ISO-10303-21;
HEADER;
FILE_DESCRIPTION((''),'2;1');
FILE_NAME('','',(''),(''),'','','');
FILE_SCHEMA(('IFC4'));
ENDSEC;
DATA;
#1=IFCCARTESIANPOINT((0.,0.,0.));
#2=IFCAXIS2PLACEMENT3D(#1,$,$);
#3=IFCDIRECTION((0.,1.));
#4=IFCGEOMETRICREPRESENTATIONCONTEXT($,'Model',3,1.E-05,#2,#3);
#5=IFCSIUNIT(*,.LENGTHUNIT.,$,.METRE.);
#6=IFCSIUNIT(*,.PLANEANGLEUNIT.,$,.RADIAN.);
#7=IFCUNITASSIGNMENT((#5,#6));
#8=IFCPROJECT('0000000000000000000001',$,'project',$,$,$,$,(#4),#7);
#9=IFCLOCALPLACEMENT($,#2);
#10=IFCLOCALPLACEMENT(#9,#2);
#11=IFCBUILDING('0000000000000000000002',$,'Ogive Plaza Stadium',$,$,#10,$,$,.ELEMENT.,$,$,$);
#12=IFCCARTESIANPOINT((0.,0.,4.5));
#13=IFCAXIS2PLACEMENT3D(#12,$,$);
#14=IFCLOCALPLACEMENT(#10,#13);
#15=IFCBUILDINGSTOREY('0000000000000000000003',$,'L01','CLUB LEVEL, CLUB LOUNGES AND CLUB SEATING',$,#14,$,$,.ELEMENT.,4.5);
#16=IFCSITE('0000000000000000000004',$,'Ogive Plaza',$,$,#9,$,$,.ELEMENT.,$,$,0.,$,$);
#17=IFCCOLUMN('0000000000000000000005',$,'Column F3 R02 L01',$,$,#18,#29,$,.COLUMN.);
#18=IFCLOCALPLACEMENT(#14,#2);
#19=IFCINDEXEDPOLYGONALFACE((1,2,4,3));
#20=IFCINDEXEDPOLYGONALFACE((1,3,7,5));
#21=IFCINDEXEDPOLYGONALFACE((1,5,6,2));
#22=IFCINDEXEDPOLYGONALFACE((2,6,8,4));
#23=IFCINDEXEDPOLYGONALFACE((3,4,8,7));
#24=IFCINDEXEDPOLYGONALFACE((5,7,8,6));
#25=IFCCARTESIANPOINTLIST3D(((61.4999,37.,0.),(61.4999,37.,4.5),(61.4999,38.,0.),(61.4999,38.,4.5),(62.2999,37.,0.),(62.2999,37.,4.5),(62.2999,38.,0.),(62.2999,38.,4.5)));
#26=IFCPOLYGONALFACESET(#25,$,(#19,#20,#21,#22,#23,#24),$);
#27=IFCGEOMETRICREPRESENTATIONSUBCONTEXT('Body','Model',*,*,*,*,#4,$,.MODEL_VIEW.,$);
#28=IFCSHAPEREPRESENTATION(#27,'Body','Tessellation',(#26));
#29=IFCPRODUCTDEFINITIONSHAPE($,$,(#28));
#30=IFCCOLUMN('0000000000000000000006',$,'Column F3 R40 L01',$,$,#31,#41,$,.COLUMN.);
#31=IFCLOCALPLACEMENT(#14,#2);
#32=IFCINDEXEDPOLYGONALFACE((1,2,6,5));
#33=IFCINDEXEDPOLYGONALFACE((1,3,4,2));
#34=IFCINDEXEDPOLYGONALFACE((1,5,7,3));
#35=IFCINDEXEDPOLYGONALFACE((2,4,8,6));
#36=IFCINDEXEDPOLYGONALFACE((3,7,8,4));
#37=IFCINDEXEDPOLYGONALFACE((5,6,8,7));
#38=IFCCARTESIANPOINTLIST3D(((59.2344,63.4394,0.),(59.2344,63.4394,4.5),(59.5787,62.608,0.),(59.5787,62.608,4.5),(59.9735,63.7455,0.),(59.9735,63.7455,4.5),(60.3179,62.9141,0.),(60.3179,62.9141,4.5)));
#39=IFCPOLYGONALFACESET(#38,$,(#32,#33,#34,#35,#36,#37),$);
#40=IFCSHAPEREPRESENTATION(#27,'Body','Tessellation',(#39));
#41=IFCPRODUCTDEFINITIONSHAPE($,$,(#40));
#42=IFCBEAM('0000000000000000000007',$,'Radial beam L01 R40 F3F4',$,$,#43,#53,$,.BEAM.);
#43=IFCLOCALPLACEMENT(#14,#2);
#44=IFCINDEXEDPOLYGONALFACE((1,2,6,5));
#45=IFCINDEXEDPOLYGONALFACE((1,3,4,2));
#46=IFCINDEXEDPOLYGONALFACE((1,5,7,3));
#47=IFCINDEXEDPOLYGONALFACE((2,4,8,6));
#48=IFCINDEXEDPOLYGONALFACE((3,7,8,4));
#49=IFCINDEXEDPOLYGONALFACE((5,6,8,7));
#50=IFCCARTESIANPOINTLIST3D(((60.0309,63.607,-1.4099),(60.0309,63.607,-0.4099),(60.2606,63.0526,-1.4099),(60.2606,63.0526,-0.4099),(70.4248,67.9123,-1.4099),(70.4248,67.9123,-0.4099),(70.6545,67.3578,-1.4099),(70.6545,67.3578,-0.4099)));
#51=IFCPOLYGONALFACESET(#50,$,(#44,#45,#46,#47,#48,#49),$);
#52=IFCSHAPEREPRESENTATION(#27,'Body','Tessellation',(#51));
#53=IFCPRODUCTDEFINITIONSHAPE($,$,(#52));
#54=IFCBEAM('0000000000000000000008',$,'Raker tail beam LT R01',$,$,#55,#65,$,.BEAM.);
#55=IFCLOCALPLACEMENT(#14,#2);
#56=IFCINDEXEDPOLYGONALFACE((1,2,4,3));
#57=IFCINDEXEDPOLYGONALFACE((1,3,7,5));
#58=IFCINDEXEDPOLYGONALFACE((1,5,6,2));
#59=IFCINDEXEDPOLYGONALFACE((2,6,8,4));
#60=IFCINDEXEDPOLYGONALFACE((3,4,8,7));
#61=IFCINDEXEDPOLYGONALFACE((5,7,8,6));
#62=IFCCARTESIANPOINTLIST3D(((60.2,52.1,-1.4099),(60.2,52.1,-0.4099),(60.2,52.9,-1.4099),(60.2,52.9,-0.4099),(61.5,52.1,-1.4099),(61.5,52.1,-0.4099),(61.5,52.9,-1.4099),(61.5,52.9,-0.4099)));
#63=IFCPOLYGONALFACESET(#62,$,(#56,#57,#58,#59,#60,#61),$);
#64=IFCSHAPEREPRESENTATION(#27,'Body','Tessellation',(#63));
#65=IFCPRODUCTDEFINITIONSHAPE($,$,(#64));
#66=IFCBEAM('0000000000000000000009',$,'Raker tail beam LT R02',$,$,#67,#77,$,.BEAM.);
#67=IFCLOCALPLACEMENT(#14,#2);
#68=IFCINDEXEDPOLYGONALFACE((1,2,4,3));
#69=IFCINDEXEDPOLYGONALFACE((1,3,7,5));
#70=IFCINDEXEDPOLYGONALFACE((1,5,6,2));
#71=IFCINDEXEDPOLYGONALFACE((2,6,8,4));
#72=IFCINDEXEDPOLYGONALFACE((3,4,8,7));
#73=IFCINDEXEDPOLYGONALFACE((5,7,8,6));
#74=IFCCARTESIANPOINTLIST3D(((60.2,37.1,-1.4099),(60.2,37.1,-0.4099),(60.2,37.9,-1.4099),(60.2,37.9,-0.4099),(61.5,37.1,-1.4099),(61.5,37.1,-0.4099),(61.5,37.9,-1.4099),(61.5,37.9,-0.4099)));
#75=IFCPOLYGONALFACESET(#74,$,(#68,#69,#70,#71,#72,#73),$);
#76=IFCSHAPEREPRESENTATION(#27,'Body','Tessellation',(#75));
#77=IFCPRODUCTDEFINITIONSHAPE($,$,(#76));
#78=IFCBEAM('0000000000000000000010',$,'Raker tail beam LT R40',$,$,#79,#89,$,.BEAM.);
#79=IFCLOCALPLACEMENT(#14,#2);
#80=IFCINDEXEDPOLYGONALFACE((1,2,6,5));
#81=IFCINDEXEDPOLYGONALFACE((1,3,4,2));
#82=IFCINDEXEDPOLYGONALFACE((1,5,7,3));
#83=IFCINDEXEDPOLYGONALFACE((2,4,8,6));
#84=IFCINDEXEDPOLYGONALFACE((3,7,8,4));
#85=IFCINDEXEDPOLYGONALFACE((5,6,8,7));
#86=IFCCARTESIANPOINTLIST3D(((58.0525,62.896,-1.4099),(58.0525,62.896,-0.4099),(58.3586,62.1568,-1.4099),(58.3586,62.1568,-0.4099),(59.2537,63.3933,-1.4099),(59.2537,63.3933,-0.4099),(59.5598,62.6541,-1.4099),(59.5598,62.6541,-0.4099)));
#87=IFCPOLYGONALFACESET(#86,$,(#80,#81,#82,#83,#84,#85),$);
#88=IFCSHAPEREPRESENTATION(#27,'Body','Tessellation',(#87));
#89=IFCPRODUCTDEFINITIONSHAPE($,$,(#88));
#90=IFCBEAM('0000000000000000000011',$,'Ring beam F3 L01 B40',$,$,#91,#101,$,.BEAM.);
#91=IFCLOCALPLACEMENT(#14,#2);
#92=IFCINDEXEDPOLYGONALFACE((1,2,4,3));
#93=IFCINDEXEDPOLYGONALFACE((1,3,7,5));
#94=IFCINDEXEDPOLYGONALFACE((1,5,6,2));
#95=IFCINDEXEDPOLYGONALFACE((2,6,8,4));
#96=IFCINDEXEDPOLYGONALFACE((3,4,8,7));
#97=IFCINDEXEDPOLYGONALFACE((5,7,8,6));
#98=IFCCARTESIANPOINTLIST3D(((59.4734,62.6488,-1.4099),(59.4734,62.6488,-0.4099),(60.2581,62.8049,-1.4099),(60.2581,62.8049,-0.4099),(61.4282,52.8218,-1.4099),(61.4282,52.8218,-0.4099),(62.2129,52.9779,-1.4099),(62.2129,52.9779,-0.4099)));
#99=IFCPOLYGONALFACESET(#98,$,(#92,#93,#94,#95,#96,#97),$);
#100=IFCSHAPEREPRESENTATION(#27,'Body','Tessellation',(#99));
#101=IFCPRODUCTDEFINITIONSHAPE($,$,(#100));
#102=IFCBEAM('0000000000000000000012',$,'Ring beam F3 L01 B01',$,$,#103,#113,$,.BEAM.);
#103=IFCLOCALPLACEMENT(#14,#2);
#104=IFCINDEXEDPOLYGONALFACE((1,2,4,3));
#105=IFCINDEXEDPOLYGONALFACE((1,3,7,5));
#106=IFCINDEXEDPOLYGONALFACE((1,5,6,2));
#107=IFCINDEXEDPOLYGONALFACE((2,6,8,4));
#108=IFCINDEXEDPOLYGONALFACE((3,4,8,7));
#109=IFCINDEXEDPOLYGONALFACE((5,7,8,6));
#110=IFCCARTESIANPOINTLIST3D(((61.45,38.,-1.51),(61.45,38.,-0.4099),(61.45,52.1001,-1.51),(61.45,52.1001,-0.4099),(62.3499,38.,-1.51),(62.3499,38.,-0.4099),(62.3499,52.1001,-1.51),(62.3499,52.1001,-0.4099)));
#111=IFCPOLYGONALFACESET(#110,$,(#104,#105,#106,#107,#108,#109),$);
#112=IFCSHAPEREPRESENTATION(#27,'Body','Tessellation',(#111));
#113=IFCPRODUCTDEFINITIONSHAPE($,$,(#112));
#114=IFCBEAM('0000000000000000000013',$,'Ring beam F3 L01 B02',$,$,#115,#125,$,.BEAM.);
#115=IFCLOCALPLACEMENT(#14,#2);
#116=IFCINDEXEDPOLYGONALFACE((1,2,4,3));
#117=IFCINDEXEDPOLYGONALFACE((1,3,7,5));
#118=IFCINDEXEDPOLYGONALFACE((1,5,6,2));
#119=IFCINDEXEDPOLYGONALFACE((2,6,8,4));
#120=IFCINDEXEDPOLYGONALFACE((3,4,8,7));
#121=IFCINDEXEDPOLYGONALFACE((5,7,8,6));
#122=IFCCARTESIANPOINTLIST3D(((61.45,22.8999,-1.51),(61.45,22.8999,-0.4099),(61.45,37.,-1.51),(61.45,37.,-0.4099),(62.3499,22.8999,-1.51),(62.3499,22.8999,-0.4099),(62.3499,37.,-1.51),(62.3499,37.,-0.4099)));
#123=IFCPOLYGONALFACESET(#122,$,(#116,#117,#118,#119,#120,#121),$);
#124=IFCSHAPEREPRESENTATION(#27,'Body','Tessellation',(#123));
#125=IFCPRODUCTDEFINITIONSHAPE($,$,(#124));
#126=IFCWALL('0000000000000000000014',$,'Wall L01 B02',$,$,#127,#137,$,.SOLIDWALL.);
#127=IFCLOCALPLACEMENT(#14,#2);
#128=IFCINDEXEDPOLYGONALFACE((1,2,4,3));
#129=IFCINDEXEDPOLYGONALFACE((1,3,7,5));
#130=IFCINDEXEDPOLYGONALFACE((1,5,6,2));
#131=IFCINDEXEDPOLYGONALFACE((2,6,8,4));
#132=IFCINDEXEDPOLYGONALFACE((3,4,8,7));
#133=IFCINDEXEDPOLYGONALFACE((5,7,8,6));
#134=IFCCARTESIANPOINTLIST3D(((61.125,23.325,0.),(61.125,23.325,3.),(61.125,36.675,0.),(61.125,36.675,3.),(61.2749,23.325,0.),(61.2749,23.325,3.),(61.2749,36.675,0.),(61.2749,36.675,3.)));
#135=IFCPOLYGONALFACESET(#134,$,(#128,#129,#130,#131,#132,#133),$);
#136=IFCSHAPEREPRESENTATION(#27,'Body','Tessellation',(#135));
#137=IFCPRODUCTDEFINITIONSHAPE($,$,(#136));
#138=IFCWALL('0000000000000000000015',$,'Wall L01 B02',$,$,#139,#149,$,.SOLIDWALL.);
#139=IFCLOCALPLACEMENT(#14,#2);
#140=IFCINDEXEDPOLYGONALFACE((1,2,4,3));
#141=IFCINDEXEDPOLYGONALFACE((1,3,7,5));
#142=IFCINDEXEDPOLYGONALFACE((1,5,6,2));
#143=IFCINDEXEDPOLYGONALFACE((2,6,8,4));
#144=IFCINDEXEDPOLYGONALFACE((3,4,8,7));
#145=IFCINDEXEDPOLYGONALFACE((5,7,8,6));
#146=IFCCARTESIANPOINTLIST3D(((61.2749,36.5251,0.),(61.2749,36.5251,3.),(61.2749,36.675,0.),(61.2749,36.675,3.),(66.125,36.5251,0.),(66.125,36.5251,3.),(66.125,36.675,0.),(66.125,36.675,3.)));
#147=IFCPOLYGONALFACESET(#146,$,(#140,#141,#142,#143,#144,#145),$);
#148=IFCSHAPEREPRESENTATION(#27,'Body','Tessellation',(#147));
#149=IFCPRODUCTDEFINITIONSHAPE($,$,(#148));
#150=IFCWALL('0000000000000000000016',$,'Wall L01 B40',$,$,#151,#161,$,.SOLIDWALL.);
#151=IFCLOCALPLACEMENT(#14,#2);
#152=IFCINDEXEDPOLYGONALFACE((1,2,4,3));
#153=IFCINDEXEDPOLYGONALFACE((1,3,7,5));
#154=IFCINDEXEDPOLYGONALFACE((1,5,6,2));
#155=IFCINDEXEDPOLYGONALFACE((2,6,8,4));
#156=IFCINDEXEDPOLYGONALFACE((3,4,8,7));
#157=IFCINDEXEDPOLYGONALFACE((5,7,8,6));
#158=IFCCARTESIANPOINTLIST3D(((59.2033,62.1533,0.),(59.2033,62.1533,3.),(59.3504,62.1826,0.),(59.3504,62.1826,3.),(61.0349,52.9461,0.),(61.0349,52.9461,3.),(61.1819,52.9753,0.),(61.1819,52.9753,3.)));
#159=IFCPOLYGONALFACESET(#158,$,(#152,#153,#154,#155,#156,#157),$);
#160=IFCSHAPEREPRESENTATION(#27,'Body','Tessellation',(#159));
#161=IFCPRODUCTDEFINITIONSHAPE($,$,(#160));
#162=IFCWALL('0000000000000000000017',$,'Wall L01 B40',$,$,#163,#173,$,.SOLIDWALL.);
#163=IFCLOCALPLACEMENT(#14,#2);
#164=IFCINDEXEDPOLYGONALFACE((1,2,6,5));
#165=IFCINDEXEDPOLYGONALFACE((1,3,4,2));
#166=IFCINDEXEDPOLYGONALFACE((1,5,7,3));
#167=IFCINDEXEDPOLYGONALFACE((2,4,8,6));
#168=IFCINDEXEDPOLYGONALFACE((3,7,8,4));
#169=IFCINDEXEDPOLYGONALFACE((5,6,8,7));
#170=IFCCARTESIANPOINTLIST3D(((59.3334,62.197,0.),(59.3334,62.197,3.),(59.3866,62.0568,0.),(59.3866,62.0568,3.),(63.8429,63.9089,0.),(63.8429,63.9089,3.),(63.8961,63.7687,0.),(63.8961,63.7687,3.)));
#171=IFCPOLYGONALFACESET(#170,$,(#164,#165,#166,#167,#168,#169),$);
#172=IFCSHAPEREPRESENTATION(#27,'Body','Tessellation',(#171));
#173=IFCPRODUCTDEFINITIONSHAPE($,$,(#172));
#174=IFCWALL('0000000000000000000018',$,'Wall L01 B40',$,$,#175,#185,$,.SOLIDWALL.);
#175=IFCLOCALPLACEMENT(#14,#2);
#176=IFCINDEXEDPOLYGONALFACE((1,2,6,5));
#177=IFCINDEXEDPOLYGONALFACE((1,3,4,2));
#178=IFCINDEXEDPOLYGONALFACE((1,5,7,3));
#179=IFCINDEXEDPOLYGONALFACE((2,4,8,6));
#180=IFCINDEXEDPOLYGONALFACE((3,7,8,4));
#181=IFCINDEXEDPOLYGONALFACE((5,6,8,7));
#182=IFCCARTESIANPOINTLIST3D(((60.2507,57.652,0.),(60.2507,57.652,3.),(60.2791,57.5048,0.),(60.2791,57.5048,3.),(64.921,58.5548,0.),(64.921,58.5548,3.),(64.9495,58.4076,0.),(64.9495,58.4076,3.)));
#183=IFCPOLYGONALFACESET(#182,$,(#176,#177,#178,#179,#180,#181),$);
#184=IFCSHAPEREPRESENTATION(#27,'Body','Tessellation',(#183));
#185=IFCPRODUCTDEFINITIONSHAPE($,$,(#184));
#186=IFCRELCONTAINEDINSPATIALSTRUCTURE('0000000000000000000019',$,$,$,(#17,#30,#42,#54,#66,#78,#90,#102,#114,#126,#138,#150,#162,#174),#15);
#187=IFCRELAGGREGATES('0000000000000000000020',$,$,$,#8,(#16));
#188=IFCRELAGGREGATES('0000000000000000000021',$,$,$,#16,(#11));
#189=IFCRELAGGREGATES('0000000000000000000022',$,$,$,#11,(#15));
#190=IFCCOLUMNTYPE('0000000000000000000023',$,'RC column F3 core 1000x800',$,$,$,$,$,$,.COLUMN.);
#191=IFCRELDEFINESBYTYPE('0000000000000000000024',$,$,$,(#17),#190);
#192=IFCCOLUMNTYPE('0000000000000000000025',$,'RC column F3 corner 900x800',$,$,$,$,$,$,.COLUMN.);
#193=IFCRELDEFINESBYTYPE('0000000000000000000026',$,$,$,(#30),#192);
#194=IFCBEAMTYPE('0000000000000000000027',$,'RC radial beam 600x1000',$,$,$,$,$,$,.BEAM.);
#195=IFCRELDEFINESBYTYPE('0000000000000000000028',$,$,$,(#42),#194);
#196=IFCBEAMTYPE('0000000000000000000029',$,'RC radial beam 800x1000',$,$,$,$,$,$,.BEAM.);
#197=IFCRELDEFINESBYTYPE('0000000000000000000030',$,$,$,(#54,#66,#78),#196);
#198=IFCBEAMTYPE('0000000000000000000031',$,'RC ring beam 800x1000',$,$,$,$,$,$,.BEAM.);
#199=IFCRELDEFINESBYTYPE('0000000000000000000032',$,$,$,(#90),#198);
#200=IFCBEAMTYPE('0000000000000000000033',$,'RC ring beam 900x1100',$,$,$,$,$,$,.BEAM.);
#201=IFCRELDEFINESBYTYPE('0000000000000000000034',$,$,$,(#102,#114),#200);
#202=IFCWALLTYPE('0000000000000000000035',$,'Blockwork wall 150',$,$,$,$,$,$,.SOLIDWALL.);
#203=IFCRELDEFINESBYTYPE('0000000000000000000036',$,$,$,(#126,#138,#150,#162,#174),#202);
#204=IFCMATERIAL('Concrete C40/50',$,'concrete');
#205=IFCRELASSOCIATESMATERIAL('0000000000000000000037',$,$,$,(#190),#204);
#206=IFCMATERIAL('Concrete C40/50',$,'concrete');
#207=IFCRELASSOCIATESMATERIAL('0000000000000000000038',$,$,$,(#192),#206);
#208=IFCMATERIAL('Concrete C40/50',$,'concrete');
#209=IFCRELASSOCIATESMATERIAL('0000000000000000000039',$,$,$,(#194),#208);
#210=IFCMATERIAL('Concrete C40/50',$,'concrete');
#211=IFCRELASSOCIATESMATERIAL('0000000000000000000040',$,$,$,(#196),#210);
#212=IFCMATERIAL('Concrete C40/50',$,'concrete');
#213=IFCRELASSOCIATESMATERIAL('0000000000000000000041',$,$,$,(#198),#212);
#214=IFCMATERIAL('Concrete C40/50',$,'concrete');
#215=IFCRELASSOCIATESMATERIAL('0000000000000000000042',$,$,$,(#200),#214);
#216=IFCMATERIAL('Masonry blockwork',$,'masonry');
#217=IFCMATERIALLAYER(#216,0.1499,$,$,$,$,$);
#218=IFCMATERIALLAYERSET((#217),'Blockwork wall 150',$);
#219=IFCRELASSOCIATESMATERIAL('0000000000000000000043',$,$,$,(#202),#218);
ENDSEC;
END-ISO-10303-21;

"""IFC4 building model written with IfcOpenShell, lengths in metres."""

from ifc_helpers import new_model, si_unit, direction, frame, frame_2d, origin, origin_2d, place, context, subcontext, project, spatial, rectangle, extrude, material, layer, layer_set, material_profile, profile_set, type_object, element, save


model = new_model("IFC4")

# Units and contexts
model_context = context("Model", 3, precision=1e-05, world=origin(), true_north=direction((0.0, 1.0)))
body_context = subcontext(model_context, "Body", "Model", "MODEL_VIEW")
ifc_project = project(units=[si_unit("LENGTHUNIT", "METRE"), si_unit("PLANEANGLEUNIT", "RADIAN")], contexts=[model_context])

# Site, building, storey
site_placement = place(None, origin())
site = spatial("IfcSite", under=ifc_project, at=site_placement, Name="Ogive Plaza", CompositionType="ELEMENT", RefElevation=0.0)
building_placement = place(site_placement, origin())
building = spatial("IfcBuilding", under=site, at=building_placement, Name="Ogive Plaza Stadium", CompositionType="ELEMENT")
storey_placement = place(building_placement, frame((0.0, 0.0, 4.5)))
storey = spatial("IfcBuildingStorey", under=building, at=storey_placement, Name="L01", Description="CLUB LEVEL, CLUB LOUNGES AND CLUB SEATING", CompositionType="ELEMENT", Elevation=4.5)

# Columns
ifc_material_1 = material(Name="Concrete C40/50", Category="concrete")
ifc_material_profile_1 = material_profile(ifc_material_1, rectangle(XDim=1.0, YDim=0.8, at=origin_2d()), Name="RC 1000x800")
ifc_profile_set_1 = profile_set([ifc_material_profile_1], Name="Concrete C40/50")
column_type_1 = type_object("IfcColumnType", Name="RC column F3 core 1000x800", PredefinedType="COLUMN", material=ifc_profile_set_1)
column_1_placement = place(storey_placement, frame((61.8999, 37.5, 0.0), z_axis=(0.0, 0.0, 1.0), x_axis=(0.0, 1.0, 0.0)))
element("IfcColumn", 1, at=column_1_placement, inside=storey, type_object=column_type_1, Name="Column F3 R02 L01", PredefinedType="COLUMN", context=body_context, shape_type="SweptSolid", body=[
    extrude(rectangle(XDim=1.0, YDim=0.8, at=origin_2d()), origin(), (0.0, 0.0, 1.0), 4.5),
])
ifc_material_2 = material(Name="Concrete C40/50", Category="concrete")
ifc_material_profile_2 = material_profile(ifc_material_2, rectangle(XDim=0.8999, YDim=0.8, at=origin_2d()), Name="RC 900x800")
ifc_profile_set_2 = profile_set([ifc_material_profile_2], Name="Concrete C40/50")
column_type_2 = type_object("IfcColumnType", Name="RC column F3 corner 900x800", PredefinedType="COLUMN", material=ifc_profile_set_2)
column_2_placement = place(storey_placement, frame((59.7761, 63.1768, 0.0), z_axis=(0.0, 0.0, 1.0), x_axis=(-0.382683, 0.92388, 0.0)))
element("IfcColumn", 2, at=column_2_placement, inside=storey, type_object=column_type_2, Name="Column F3 R40 L01", PredefinedType="COLUMN", context=body_context, shape_type="SweptSolid", body=[
    extrude(rectangle(XDim=0.8999, YDim=0.8, at=origin_2d()), origin(), (0.0, 0.0, 1.0), 4.5),
])

# Beams
ifc_material_3 = material(Name="Concrete C40/50", Category="concrete")
ifc_material_profile_3 = material_profile(ifc_material_3, rectangle(XDim=0.6001, YDim=1.0, at=origin_2d()), Name="RC 600x1000")
ifc_profile_set_3 = profile_set([ifc_material_profile_3], Name="Concrete C40/50")
beam_type_1 = type_object("IfcBeamType", Name="RC radial beam 600x1000", PredefinedType="BEAM", material=ifc_profile_set_3)
beam_1_placement = place(storey_placement, frame((60.1458, 63.3298, -0.9099), z_axis=(0.923882, 0.382678, 0.0), x_axis=(-0.382678, 0.923882, 0.0)))
element("IfcBeam", 3, at=beam_1_placement, inside=storey, type_object=beam_type_1, Name="Radial beam L01 R40 F3F4", PredefinedType="BEAM", context=body_context, shape_type="SweptSolid", body=[
    extrude(rectangle(XDim=0.6001, YDim=1.0, at=origin_2d()), origin(), (0.0, 0.0, 1.0), 11.2502),
])
ifc_material_4 = material(Name="Concrete C40/50", Category="concrete")
ifc_material_profile_4 = material_profile(ifc_material_4, rectangle(XDim=0.8, YDim=1.0, at=origin_2d()), Name="RC 800x1000")
ifc_profile_set_4 = profile_set([ifc_material_profile_4], Name="Concrete C40/50")
beam_type_2 = type_object("IfcBeamType", Name="RC radial beam 800x1000", PredefinedType="BEAM", material=ifc_profile_set_4)
for number, where, z_axis, x_axis, name in (
    (4, (60.2, 52.5, -0.9099), (1.0, 0.0, 0.0), (0.0, 1.0, 0.0), "Raker tail beam LT R01"),
    (5, (60.2, 37.5, -0.9099), (1.0, 0.0, 0.0), (0.0, 1.0, 0.0), "Raker tail beam LT R02"),
    (6, (58.2056, 62.5264, -0.9099), (0.923941, 0.382534, 0.0), (-0.382534, 0.923941, 0.0), "Raker tail beam LT R40"),
):
    element("IfcBeam", number, at=place(storey_placement, frame(where, z_axis=z_axis, x_axis=x_axis)), inside=storey, type_object=beam_type_2, Name=name, PredefinedType="BEAM", context=body_context, shape_type="SweptSolid", body=[
        extrude(rectangle(XDim=0.8, YDim=1.0, at=origin_2d()), origin(), (0.0, 0.0, 1.0), 1.3),
    ])
ifc_material_5 = material(Name="Concrete C40/50", Category="concrete")
ifc_material_profile_5 = material_profile(ifc_material_5, rectangle(XDim=0.8, YDim=1.0, at=origin_2d()), Name="RC 800x1000")
ifc_profile_set_5 = profile_set([ifc_material_profile_5], Name="Concrete C40/50")
beam_type_3 = type_object("IfcBeamType", Name="RC ring beam 800x1000", PredefinedType="BEAM", material=ifc_profile_set_5)
beam_2_placement = place(storey_placement, frame((59.8657, 62.7268, -0.9099), z_axis=(0.195104, -0.980783, 0.0), x_axis=(0.980783, 0.195104, 0.0)))
element("IfcBeam", 7, at=beam_2_placement, inside=storey, type_object=beam_type_3, Name="Ring beam F3 L01 B40", PredefinedType="BEAM", context=body_context, shape_type="SweptSolid", body=[
    extrude(rectangle(XDim=0.8, YDim=1.0, at=origin_2d()), origin(), (0.0, 0.0, 1.0), 10.0195),
])
ifc_material_6 = material(Name="Concrete C40/50", Category="concrete")
ifc_material_profile_6 = material_profile(ifc_material_6, rectangle(XDim=0.8999, YDim=1.1001, at=origin_2d()), Name="RC 900x1100")
ifc_profile_set_6 = profile_set([ifc_material_profile_6], Name="Concrete C40/50")
beam_type_4 = type_object("IfcBeamType", Name="RC ring beam 900x1100", PredefinedType="BEAM", material=ifc_profile_set_6)
for number, where, z_axis, x_axis, name in (
    (8, (61.8999, 52.1001, -0.96), (0.0, -1.0, 0.0), (1.0, 0.0, 0.0), "Ring beam F3 L01 B01"),
    (9, (61.8999, 37.0, -0.96), (0.0, -1.0, 0.0), (1.0, 0.0, 0.0), "Ring beam F3 L01 B02"),
):
    element("IfcBeam", number, at=place(storey_placement, frame(where, z_axis=z_axis, x_axis=x_axis)), inside=storey, type_object=beam_type_4, Name=name, PredefinedType="BEAM", context=body_context, shape_type="SweptSolid", body=[
        extrude(rectangle(XDim=0.8999, YDim=1.1001, at=origin_2d()), origin(), (0.0, 0.0, 1.0), 14.1001),
    ])

# Walls
ifc_material_7 = material(Name="Masonry blockwork", Category="masonry")
ifc_layer_1 = layer(ifc_material_7, 0.1499)
ifc_layer_set_1 = layer_set([ifc_layer_1], Name="Blockwork wall 150")
wall_type_1 = type_object("IfcWallType", Name="Blockwork wall 150", PredefinedType="SOLIDWALL", material=ifc_layer_set_1)
wall_1_placement = place(storey_placement, frame((61.2, 36.675, 0.0), z_axis=(0.0, 0.0, 1.0), x_axis=(0.0, -1.0, 0.0)))
element("IfcWall", 10, at=wall_1_placement, inside=storey, type_object=wall_type_1, Name="Wall L01 B02", PredefinedType="SOLIDWALL", context=body_context, shape_type="SweptSolid", body=[
    extrude(rectangle(XDim=13.3501, YDim=0.1499, at=frame_2d((6.675, 0.0))), origin(), (0.0, 0.0, 1.0), 3.0),
])
wall_2_placement = place(storey_placement, frame((61.2749, 36.6001, 0.0), z_axis=(0.0, 0.0, 1.0), x_axis=(1.0, 0.0, 0.0)))
element("IfcWall", 11, at=wall_2_placement, inside=storey, type_object=wall_type_1, Name="Wall L01 B02", PredefinedType="SOLIDWALL", context=body_context, shape_type="SweptSolid", body=[
    extrude(rectangle(XDim=4.8501, YDim=0.1499, at=frame_2d((2.425, 0.0))), origin(), (0.0, 0.0, 1.0), 3.0),
])
wall_3_placement = place(storey_placement, frame((59.2769, 62.168, 0.0), z_axis=(0.0, 0.0, 1.0), x_axis=(0.195101, -0.980783, 0.0)))
element("IfcWall", 12, at=wall_3_placement, inside=storey, type_object=wall_type_1, Name="Wall L01 B40", PredefinedType="SOLIDWALL", context=body_context, shape_type="SweptSolid", body=[
    extrude(rectangle(XDim=9.3877, YDim=0.1499, at=frame_2d((4.6938, 0.0))), origin(), (0.0, 0.0, 1.0), 3.0),
])
wall_4_placement = place(storey_placement, frame((59.3601, 62.127, 0.0), z_axis=(0.0, 0.0, 1.0), x_axis=(0.934901, 0.354909, 0.0)))
element("IfcWall", 13, at=wall_4_placement, inside=storey, type_object=wall_type_1, Name="Wall L01 B40", PredefinedType="SOLIDWALL", context=body_context, shape_type="SweptSolid", body=[
    extrude(rectangle(XDim=4.8235, YDim=0.1499, at=frame_2d((2.4116, 0.0))), origin(), (0.0, 0.0, 1.0), 3.0),
])
wall_5_placement = place(storey_placement, frame((60.2649, 57.5784, 0.0), z_axis=(0.0, 0.0, 1.0), x_axis=(0.981824, 0.189795, 0.0)))
element("IfcWall", 14, at=wall_5_placement, inside=storey, type_object=wall_type_1, Name="Wall L01 B40", PredefinedType="SOLIDWALL", context=body_context, shape_type="SweptSolid", body=[
    extrude(rectangle(XDim=4.7568, YDim=0.1499, at=frame_2d((2.3784, 0.0))), origin(), (0.0, 0.0, 1.0), 3.0),
])

save(model, "model.ifc")
